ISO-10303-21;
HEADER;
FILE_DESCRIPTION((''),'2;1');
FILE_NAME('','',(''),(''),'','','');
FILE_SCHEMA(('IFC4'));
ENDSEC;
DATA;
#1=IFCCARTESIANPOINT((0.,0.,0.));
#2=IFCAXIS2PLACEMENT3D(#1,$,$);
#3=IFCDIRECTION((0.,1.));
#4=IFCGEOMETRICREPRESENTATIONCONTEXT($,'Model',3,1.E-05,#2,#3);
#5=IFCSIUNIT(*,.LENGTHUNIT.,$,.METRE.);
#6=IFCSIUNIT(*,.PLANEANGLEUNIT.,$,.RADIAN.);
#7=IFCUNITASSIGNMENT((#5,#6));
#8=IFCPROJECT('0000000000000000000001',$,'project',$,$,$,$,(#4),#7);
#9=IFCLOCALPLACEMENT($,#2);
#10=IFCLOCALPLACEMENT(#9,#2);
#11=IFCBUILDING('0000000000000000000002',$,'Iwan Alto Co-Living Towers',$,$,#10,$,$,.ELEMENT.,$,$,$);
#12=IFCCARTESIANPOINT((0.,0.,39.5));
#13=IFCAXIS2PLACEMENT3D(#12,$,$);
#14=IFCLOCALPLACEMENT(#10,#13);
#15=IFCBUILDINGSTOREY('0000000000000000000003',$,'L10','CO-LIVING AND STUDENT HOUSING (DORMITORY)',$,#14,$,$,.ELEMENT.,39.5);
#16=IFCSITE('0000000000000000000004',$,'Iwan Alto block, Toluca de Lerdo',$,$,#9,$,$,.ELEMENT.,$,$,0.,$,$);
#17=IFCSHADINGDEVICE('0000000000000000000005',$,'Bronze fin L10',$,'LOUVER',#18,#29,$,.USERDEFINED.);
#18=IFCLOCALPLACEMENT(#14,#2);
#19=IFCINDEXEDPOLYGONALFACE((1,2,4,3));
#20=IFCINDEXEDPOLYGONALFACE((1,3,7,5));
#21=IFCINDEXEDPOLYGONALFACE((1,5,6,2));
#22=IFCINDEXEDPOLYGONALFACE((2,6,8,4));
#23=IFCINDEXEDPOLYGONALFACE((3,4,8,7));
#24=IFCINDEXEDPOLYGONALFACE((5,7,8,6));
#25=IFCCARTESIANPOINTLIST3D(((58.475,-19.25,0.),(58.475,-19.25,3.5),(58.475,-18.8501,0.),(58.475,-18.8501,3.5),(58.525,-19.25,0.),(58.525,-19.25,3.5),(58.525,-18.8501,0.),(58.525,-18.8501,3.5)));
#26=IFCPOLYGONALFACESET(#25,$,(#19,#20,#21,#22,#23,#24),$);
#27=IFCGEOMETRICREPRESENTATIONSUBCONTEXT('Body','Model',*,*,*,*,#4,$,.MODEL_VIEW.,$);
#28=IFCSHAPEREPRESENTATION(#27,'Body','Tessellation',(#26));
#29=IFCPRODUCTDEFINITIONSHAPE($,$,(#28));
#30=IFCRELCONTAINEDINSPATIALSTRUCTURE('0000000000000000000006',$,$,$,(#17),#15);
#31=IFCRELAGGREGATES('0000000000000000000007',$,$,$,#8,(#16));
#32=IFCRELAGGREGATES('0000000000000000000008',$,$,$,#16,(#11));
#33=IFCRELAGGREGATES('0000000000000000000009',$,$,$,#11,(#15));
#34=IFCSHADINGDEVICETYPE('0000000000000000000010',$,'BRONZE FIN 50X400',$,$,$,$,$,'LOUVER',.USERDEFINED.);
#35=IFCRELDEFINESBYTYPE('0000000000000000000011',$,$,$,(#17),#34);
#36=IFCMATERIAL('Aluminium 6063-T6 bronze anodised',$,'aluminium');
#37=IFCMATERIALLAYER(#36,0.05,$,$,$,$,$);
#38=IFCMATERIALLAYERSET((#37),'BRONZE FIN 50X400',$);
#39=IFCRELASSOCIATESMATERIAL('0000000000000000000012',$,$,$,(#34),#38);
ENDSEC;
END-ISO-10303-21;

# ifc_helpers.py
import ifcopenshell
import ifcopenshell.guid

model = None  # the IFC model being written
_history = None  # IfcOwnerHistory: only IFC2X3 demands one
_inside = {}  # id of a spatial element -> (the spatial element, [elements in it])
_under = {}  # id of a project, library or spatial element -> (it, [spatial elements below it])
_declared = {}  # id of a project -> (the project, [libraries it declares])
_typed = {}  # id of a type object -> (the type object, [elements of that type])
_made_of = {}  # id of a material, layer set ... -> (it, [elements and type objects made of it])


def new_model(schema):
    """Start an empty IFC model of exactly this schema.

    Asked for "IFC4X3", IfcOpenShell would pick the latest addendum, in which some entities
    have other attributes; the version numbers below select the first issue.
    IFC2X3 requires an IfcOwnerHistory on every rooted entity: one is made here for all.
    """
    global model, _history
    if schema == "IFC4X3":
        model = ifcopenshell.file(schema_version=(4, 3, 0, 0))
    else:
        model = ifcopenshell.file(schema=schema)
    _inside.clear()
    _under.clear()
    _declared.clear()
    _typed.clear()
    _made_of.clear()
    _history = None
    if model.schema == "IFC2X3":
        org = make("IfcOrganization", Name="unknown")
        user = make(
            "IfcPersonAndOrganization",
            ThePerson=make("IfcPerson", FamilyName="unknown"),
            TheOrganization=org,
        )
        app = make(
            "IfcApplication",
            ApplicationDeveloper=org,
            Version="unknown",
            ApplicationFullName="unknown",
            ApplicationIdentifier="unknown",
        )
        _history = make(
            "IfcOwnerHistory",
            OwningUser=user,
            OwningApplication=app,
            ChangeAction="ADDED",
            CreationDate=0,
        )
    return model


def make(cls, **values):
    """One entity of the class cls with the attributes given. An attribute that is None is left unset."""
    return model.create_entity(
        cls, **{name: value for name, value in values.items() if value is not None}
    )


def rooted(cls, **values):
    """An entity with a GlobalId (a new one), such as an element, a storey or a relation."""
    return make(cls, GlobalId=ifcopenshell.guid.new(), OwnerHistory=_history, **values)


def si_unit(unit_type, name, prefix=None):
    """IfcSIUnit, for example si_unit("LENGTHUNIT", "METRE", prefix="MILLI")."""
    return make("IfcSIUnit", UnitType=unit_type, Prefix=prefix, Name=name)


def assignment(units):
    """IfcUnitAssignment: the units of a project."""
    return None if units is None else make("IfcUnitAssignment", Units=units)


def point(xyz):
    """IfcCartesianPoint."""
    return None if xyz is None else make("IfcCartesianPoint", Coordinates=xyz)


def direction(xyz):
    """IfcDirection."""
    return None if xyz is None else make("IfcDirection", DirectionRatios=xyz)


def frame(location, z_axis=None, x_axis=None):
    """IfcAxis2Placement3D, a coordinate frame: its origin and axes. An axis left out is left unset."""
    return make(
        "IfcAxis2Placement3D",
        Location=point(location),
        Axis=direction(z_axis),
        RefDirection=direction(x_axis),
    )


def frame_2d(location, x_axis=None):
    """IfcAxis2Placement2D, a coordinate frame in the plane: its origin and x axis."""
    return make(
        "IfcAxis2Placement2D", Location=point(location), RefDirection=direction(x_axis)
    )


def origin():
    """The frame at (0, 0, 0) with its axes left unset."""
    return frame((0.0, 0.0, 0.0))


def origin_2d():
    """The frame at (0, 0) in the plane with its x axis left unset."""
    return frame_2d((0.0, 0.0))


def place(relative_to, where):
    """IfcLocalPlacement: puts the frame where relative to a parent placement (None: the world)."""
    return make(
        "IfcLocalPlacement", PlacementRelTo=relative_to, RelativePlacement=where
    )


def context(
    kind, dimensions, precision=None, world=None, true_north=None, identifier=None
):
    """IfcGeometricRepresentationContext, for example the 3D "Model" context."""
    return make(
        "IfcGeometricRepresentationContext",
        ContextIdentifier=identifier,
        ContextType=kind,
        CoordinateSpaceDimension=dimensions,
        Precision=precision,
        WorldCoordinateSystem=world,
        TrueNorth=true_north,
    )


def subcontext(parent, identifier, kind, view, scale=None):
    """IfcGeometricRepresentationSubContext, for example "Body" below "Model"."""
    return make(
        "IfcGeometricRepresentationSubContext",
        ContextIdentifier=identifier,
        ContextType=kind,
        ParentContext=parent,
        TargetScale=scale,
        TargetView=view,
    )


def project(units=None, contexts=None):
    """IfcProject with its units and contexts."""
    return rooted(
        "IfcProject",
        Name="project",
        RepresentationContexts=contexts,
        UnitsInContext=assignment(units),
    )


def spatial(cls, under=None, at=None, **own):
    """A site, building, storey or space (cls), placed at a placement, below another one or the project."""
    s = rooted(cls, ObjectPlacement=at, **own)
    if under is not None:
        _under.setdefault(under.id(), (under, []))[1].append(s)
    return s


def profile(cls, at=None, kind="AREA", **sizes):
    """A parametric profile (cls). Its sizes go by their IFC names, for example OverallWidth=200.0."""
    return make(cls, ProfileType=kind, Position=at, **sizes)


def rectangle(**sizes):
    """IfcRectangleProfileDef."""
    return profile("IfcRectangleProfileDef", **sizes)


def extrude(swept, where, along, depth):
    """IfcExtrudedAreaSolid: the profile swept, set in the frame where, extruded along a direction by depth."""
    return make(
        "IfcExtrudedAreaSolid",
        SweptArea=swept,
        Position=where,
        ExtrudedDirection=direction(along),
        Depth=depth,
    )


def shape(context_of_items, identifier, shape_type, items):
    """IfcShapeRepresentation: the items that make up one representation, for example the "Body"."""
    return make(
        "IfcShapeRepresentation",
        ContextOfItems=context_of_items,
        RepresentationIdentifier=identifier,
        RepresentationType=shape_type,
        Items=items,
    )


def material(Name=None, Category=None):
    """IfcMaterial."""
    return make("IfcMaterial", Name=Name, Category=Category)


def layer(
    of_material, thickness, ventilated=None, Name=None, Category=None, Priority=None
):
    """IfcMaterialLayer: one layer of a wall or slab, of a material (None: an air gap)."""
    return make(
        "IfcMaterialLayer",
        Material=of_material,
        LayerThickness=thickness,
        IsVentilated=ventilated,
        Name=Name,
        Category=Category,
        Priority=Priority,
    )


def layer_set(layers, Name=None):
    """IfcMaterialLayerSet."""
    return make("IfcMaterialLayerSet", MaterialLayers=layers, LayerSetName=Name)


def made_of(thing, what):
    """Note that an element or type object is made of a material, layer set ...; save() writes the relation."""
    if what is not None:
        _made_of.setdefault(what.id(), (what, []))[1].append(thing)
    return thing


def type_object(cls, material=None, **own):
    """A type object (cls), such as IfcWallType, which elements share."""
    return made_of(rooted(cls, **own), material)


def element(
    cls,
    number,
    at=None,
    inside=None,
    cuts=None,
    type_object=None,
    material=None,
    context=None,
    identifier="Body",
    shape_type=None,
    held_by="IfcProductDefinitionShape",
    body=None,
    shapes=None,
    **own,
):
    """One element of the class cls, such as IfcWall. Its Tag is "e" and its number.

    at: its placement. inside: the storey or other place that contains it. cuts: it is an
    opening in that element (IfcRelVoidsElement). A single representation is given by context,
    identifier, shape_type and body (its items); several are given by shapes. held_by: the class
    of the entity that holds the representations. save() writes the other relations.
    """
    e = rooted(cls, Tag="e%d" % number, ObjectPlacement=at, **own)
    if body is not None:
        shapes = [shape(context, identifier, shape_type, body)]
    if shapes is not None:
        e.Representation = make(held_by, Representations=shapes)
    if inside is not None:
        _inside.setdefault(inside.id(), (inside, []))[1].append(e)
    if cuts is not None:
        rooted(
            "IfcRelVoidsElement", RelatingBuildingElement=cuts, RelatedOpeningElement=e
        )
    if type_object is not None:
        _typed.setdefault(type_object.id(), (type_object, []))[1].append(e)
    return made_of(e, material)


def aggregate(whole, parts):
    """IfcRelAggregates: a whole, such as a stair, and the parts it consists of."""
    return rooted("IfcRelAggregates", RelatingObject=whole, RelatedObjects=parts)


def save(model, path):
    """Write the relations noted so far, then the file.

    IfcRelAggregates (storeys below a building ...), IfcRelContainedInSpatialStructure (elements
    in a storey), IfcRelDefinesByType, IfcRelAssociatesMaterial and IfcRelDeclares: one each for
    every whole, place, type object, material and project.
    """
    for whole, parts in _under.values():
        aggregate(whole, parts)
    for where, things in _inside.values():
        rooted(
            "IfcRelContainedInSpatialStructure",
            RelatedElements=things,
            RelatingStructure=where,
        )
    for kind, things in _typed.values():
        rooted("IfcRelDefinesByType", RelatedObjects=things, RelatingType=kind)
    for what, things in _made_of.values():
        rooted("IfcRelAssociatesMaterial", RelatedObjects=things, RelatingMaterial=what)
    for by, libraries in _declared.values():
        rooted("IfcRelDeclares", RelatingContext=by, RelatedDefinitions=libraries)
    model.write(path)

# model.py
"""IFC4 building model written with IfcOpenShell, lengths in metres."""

from ifc_helpers import new_model, si_unit, direction, frame, origin, origin_2d, place, context, subcontext, project, spatial, rectangle, extrude, material, layer, layer_set, type_object, element, save


model = new_model("IFC4")

# Units and contexts
model_context = context("Model", 3, precision=1e-05, world=origin(), true_north=direction((0.0, 1.0)))
body_context = subcontext(model_context, "Body", "Model", "MODEL_VIEW")
ifc_project = project(units=[si_unit("LENGTHUNIT", "METRE"), si_unit("PLANEANGLEUNIT", "RADIAN")], contexts=[model_context])

# Site, building, storey
site_placement = place(None, origin())
site = spatial("IfcSite", under=ifc_project, at=site_placement, Name="Iwan Alto block, Toluca de Lerdo", CompositionType="ELEMENT", RefElevation=0.0)
building_placement = place(site_placement, origin())
building = spatial("IfcBuilding", under=site, at=building_placement, Name="Iwan Alto Co-Living Towers", CompositionType="ELEMENT")
storey_placement = place(building_placement, frame((0.0, 0.0, 39.5)))
storey = spatial("IfcBuildingStorey", under=building, at=storey_placement, Name="L10", Description="CO-LIVING AND STUDENT HOUSING (DORMITORY)", CompositionType="ELEMENT", Elevation=39.5)

# Shading device
ifc_material_1 = material(Name="Aluminium 6063-T6 bronze anodised", Category="aluminium")
ifc_layer_1 = layer(ifc_material_1, 0.05)
ifc_layer_set_1 = layer_set([ifc_layer_1], Name="BRONZE FIN 50X400")
shading_device_type = type_object("IfcShadingDeviceType", Name="BRONZE FIN 50X400", ElementType="LOUVER", PredefinedType="USERDEFINED", material=ifc_layer_set_1)
shading_device_placement = place(storey_placement, frame((58.5, -19.05, 0.0), z_axis=(0.0, 0.0, 1.0), x_axis=(1.0, 0.0, 0.0)))
element("IfcShadingDevice", 1, at=shading_device_placement, inside=storey, type_object=shading_device_type, Name="Bronze fin L10", ObjectType="LOUVER", PredefinedType="USERDEFINED", context=body_context, shape_type="SweptSolid", body=[
    extrude(rectangle(XDim=0.05, YDim=0.3999, at=origin_2d()), origin(), (0.0, 0.0, 1.0), 3.5),
])

save(model, "model.ifc")
